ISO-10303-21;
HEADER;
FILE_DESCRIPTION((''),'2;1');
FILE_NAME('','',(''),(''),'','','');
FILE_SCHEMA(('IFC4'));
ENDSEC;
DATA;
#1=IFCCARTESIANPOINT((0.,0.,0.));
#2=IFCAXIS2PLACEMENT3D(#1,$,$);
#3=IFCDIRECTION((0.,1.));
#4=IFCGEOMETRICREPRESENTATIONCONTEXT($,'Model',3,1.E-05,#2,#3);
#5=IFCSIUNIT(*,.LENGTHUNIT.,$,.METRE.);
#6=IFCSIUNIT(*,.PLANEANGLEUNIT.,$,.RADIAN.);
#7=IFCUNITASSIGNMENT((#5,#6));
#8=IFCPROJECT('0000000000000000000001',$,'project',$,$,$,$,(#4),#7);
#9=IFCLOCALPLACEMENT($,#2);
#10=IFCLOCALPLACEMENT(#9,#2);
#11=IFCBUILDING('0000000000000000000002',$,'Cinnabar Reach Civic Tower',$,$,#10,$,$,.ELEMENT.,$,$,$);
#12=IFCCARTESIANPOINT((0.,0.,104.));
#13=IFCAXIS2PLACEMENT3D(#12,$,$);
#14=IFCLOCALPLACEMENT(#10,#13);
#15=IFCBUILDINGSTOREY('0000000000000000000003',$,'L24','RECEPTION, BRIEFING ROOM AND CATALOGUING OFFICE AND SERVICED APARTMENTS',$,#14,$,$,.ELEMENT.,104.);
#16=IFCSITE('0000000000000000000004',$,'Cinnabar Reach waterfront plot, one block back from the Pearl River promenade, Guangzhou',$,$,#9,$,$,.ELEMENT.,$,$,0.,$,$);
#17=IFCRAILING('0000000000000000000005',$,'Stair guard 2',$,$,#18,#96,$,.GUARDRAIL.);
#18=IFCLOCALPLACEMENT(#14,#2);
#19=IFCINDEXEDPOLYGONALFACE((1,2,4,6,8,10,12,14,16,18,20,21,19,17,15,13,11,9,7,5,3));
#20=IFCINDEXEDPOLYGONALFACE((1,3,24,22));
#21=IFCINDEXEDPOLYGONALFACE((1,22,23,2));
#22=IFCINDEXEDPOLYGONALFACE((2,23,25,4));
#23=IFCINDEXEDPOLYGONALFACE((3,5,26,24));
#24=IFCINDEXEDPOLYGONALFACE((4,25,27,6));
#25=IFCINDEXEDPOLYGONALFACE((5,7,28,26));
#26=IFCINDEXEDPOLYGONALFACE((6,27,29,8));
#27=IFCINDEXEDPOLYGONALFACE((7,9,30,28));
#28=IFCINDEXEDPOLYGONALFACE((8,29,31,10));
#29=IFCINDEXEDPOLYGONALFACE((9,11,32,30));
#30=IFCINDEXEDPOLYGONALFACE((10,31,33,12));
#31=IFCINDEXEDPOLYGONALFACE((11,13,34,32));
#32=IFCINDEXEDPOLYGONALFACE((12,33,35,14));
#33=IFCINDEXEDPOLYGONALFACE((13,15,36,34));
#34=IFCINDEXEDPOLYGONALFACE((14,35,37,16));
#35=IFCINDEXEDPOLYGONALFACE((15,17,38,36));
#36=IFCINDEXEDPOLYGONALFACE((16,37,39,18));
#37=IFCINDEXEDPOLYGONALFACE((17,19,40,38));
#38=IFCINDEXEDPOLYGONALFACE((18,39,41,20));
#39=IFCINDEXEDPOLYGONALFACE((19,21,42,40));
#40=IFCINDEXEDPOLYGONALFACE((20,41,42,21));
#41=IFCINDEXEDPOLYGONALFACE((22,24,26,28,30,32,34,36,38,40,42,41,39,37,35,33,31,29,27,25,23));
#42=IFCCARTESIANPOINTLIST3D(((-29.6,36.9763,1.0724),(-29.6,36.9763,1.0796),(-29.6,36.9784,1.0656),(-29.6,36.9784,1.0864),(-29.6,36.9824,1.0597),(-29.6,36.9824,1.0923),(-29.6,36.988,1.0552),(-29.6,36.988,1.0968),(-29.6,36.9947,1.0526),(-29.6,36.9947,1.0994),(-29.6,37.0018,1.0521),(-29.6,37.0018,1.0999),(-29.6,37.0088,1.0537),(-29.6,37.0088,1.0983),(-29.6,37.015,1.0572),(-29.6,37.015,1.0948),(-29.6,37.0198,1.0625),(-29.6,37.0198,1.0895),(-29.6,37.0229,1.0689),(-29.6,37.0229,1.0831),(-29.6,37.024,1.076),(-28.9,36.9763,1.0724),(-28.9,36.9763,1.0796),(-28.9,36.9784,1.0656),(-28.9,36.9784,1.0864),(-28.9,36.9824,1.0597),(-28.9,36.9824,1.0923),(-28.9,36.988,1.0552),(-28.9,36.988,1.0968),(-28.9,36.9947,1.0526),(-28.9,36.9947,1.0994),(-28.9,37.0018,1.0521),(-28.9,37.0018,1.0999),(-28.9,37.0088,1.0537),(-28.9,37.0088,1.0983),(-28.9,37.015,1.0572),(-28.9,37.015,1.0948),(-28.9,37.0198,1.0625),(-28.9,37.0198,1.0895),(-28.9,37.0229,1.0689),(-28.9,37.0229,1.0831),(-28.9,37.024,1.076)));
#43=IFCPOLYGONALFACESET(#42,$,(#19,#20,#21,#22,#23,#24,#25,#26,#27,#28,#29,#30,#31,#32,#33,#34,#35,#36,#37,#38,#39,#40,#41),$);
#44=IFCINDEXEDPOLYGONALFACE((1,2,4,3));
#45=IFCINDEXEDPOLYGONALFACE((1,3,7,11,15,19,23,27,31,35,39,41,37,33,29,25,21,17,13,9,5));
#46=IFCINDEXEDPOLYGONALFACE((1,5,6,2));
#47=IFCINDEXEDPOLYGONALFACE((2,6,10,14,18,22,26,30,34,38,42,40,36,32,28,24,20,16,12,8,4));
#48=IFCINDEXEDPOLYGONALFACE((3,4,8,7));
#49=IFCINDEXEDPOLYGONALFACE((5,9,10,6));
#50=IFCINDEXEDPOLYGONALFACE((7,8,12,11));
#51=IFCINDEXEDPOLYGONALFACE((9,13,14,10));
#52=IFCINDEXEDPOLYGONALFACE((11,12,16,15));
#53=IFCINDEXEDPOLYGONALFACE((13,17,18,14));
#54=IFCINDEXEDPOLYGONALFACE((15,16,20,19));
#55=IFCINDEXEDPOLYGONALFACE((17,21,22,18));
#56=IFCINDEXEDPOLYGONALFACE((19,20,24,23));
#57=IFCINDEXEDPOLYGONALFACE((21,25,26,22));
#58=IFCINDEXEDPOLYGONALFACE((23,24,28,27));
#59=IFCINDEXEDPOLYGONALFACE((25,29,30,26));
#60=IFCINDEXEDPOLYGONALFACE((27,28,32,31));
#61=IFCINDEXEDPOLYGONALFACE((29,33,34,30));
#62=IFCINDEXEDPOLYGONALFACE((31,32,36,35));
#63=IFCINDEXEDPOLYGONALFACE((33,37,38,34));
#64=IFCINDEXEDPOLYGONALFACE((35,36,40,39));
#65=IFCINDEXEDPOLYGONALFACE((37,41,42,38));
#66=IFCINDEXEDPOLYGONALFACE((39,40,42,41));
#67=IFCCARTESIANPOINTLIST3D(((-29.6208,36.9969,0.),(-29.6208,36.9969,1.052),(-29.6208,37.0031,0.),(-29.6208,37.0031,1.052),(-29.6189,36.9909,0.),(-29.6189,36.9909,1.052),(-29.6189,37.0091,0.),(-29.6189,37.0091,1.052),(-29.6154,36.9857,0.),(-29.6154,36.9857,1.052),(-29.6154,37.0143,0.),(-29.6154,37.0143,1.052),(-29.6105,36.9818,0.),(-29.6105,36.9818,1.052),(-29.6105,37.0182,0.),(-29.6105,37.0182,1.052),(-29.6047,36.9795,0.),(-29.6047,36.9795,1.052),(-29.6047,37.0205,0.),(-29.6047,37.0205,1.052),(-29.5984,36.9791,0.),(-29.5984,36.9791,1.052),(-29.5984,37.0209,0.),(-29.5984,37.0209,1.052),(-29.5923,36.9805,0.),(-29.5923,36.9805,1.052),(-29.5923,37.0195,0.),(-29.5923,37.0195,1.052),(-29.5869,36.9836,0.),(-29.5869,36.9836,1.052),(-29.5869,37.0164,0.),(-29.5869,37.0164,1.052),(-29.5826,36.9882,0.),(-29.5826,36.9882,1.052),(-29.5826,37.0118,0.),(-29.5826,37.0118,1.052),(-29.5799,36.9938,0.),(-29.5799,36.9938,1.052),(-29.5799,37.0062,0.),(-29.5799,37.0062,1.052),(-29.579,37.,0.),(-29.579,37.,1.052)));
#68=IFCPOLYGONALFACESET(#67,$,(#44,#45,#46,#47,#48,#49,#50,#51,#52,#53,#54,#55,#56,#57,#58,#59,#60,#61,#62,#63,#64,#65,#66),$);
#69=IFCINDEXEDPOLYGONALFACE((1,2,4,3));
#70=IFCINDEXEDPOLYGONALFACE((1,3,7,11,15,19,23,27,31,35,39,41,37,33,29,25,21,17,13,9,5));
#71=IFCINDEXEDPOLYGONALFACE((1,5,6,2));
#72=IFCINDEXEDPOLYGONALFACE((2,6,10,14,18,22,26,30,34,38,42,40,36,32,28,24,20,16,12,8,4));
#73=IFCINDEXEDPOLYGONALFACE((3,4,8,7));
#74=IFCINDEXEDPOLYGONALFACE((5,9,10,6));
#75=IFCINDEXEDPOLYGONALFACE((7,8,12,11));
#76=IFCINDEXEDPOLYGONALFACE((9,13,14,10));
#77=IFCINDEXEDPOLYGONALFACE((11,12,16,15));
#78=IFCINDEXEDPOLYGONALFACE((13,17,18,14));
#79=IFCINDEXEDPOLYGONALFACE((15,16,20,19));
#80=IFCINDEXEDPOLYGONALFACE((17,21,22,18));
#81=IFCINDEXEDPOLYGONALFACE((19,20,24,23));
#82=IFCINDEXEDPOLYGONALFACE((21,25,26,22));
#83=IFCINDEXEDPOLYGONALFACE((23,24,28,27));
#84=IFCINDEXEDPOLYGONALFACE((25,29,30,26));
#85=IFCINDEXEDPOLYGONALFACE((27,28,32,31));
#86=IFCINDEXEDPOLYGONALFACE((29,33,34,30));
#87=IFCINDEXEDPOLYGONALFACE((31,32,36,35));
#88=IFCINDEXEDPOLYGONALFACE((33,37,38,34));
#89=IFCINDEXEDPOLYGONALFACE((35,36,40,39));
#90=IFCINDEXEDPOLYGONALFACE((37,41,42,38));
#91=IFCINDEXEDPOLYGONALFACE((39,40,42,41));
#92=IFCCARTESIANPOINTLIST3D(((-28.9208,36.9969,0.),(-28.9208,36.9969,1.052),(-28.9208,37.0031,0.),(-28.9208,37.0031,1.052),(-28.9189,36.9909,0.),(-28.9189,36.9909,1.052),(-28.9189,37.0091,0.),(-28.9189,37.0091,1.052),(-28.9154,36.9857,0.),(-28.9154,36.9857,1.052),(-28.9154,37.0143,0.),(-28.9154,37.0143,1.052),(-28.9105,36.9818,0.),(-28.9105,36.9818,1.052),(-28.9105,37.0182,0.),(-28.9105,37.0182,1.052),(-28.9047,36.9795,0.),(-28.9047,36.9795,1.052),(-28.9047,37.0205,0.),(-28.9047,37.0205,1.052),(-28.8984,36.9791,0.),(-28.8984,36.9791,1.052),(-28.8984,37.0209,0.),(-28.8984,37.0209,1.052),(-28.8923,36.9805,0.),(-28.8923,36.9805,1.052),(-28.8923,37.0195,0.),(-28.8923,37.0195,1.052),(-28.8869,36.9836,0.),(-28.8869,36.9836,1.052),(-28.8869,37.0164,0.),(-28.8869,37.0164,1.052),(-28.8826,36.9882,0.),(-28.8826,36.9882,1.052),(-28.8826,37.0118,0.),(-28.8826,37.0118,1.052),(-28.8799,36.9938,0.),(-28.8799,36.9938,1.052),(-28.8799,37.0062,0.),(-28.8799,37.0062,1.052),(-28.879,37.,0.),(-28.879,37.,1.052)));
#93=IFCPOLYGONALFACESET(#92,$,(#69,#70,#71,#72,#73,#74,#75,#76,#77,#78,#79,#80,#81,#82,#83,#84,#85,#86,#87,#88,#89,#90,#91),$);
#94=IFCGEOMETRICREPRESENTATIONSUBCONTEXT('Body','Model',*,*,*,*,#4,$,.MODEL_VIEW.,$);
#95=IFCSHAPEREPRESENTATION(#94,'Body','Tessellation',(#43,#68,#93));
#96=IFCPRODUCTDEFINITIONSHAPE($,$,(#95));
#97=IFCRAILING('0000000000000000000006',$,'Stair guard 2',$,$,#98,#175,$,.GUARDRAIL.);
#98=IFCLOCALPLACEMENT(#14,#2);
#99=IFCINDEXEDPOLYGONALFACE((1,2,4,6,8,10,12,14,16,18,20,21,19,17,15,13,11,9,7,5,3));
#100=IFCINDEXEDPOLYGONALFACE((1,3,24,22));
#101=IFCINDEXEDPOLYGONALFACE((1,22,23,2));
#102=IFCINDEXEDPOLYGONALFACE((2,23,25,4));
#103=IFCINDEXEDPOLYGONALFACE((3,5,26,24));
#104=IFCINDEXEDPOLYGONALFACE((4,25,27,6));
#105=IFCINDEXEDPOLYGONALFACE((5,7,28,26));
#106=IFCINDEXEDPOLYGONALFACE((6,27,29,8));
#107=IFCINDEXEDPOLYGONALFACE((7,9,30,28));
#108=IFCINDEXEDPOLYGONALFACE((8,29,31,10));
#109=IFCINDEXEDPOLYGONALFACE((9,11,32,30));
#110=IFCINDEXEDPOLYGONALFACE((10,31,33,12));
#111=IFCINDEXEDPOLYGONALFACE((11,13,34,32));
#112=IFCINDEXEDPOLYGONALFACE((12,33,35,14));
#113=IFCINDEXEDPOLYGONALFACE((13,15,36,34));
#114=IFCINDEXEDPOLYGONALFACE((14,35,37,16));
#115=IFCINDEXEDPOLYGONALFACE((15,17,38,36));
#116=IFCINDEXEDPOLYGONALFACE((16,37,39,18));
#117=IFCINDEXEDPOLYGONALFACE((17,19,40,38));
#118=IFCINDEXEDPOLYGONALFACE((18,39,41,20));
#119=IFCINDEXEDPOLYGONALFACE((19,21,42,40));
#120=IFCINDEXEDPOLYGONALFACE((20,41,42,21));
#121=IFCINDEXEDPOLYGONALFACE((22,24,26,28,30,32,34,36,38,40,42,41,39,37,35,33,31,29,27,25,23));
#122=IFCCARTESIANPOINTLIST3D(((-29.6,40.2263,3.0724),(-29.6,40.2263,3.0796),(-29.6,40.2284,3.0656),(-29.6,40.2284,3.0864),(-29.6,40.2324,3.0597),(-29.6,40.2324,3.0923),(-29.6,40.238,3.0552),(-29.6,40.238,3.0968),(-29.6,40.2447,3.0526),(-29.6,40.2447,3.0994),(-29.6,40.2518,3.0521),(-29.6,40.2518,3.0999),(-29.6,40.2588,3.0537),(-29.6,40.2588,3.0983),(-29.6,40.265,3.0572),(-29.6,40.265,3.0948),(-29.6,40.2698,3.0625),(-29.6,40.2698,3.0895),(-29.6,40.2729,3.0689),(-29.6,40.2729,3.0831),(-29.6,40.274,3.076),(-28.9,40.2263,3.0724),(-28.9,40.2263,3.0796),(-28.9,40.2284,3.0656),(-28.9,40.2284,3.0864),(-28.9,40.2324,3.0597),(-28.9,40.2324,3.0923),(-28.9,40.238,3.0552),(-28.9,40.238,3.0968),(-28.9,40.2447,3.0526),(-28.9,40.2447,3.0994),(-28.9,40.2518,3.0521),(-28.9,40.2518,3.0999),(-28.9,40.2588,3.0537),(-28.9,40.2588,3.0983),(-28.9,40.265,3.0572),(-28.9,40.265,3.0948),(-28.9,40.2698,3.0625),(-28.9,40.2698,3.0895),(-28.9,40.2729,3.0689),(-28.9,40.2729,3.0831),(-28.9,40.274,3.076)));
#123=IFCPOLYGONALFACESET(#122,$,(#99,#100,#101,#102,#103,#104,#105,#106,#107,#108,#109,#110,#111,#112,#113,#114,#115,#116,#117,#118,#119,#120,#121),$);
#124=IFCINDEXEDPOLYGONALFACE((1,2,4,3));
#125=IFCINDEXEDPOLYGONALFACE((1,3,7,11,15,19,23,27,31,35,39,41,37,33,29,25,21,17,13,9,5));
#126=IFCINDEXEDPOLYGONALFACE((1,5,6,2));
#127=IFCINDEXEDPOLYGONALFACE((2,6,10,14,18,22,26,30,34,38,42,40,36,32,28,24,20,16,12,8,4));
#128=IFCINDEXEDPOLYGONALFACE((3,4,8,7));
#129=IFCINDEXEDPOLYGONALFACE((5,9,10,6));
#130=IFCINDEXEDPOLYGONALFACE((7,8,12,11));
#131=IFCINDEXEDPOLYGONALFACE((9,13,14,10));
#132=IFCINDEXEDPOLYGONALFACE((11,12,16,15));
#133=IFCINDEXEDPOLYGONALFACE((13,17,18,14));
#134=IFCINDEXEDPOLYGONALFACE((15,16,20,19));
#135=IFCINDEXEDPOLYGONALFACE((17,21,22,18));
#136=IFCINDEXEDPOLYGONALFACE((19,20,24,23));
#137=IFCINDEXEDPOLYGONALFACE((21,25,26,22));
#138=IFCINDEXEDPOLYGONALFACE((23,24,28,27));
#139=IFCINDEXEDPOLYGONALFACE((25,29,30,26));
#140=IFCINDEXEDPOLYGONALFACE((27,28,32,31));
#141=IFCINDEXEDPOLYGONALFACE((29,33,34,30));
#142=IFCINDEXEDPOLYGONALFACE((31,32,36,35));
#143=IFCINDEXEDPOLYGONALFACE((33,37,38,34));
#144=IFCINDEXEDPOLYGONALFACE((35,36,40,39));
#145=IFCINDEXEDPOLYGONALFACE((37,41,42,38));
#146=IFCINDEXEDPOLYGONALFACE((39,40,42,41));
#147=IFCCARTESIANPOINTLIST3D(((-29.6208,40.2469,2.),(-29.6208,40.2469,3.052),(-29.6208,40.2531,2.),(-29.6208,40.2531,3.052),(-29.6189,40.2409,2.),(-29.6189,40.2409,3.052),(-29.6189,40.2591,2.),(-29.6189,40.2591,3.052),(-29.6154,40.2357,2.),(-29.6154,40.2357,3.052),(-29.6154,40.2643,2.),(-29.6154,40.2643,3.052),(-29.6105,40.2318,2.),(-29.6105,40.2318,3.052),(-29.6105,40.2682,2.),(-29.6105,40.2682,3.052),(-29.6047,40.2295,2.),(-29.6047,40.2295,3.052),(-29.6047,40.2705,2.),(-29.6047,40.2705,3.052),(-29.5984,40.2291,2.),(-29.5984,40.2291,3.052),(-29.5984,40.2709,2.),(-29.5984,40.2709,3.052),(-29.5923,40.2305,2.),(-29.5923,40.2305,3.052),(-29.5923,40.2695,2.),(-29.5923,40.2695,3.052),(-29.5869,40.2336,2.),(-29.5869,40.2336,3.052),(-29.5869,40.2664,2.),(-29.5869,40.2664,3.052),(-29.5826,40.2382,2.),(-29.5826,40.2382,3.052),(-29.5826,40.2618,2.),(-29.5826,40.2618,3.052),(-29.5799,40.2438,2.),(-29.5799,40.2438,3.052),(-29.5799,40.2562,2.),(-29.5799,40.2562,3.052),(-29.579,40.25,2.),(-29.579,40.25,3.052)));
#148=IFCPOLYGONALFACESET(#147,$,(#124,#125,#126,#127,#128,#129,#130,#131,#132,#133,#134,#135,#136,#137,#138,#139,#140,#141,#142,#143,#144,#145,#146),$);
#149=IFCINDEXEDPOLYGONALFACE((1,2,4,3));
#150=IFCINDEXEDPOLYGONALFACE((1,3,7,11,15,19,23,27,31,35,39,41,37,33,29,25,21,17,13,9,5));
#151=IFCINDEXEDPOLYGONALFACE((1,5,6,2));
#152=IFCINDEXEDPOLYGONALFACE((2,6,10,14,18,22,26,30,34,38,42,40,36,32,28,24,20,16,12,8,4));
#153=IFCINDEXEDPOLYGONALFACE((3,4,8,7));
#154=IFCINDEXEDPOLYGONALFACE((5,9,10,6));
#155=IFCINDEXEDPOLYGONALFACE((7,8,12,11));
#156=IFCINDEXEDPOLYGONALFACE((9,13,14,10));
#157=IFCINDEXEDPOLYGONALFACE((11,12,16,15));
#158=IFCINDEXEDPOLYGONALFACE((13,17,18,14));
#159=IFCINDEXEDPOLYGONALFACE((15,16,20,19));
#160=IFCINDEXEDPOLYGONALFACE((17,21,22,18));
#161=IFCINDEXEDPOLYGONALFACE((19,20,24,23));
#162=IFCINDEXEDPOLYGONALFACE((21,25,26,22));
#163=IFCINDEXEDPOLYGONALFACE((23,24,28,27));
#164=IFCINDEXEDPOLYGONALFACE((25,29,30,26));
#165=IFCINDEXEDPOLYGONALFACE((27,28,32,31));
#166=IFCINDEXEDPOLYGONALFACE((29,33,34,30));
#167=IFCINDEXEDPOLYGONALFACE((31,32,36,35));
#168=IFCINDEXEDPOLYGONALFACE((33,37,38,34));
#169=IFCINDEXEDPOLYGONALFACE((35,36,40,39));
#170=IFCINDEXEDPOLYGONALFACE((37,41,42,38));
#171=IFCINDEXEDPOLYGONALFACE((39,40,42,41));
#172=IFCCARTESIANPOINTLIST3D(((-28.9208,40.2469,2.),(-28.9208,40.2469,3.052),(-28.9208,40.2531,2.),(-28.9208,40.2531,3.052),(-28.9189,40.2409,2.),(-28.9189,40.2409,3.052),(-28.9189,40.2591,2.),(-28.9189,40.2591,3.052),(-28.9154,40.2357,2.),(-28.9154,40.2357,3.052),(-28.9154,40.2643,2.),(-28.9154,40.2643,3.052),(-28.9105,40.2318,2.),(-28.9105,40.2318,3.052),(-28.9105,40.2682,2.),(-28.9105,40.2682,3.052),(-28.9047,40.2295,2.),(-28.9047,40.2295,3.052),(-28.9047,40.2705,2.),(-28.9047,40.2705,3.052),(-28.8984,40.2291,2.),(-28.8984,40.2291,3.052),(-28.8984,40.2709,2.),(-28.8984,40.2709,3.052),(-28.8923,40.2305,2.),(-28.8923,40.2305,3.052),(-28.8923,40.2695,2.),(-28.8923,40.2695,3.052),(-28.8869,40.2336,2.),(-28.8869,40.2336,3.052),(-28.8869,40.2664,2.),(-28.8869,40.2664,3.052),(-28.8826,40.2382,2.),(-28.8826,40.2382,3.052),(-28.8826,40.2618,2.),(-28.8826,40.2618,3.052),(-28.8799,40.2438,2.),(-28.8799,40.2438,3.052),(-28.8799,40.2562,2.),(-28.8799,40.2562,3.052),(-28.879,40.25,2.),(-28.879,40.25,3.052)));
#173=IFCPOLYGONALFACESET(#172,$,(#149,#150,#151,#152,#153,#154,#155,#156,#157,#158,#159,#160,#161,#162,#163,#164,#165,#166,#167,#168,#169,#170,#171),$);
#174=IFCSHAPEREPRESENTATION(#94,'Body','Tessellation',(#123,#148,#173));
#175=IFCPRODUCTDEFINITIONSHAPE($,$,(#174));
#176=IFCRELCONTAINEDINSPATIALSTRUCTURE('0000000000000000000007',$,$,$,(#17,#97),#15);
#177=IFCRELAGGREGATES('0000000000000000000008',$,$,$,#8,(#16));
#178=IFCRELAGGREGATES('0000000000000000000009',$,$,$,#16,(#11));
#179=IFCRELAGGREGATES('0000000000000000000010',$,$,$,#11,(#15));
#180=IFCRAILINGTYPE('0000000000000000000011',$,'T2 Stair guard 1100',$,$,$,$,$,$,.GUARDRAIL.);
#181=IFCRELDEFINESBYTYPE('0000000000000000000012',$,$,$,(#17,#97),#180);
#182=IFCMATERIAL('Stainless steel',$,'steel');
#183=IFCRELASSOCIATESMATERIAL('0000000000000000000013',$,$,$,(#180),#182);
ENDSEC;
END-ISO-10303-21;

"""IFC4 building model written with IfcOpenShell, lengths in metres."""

from ifc_helpers import new_model, si_unit, direction, frame, origin, origin_2d, place, context, subcontext, project, spatial, circle, extrude, material, type_object, element, save


model = new_model("IFC4")

# Units and contexts
model_context = context("Model", 3, precision=1e-05, world=origin(), true_north=direction((0.0, 1.0)))
body_context = subcontext(model_context, "Body", "Model", "MODEL_VIEW")
ifc_project = project(units=[si_unit("LENGTHUNIT", "METRE"), si_unit("PLANEANGLEUNIT", "RADIAN")], contexts=[model_context])

# Site, building, storey
site_placement = place(None, origin())
site = spatial("IfcSite", under=ifc_project, at=site_placement, Name="Cinnabar Reach waterfront plot, one block back from the Pearl River promenade, Guangzhou", CompositionType="ELEMENT", RefElevation=0.0)
building_placement = place(site_placement, origin())
building = spatial("IfcBuilding", under=site, at=building_placement, Name="Cinnabar Reach Civic Tower", CompositionType="ELEMENT")
storey_placement = place(building_placement, frame((0.0, 0.0, 104.0)))
storey = spatial("IfcBuildingStorey", under=building, at=storey_placement, Name="L24", Description="RECEPTION, BRIEFING ROOM AND CATALOGUING OFFICE AND SERVICED APARTMENTS", CompositionType="ELEMENT", Elevation=104.0)

# Railings
ifc_material_1 = material(Name="Stainless steel", Category="steel")
railing_type = type_object("IfcRailingType", Name="T2 Stair guard 1100", PredefinedType="GUARDRAIL", material=ifc_material_1)
for number, where, name in (
    (1, (-29.6, 37.0, 0.0), "Stair guard 2"),
    (2, (-29.6, 40.25, 2.0), "Stair guard 2"),
):
    element("IfcRailing", number, at=place(storey_placement, frame(where)), inside=storey, type_object=railing_type, Name=name, PredefinedType="GUARDRAIL", context=body_context, shape_type="SweptSolid", body=[
        extrude(circle(Radius=0.024, at=origin_2d()), frame((0.0, 0.0, 1.076), z_axis=(1.0, 0.0, 0.0), x_axis=(0.0, 1.0, 0.0)), (0.0, 0.0, 1.0), 0.7),
        extrude(circle(Radius=0.021, at=origin_2d()), origin(), (0.0, 0.0, 1.0), 1.052),
        extrude(circle(Radius=0.021, at=origin_2d()), frame((0.7, 0.0, 0.0)), (0.0, 0.0, 1.0), 1.052),
    ])

save(model, "model.ifc")
